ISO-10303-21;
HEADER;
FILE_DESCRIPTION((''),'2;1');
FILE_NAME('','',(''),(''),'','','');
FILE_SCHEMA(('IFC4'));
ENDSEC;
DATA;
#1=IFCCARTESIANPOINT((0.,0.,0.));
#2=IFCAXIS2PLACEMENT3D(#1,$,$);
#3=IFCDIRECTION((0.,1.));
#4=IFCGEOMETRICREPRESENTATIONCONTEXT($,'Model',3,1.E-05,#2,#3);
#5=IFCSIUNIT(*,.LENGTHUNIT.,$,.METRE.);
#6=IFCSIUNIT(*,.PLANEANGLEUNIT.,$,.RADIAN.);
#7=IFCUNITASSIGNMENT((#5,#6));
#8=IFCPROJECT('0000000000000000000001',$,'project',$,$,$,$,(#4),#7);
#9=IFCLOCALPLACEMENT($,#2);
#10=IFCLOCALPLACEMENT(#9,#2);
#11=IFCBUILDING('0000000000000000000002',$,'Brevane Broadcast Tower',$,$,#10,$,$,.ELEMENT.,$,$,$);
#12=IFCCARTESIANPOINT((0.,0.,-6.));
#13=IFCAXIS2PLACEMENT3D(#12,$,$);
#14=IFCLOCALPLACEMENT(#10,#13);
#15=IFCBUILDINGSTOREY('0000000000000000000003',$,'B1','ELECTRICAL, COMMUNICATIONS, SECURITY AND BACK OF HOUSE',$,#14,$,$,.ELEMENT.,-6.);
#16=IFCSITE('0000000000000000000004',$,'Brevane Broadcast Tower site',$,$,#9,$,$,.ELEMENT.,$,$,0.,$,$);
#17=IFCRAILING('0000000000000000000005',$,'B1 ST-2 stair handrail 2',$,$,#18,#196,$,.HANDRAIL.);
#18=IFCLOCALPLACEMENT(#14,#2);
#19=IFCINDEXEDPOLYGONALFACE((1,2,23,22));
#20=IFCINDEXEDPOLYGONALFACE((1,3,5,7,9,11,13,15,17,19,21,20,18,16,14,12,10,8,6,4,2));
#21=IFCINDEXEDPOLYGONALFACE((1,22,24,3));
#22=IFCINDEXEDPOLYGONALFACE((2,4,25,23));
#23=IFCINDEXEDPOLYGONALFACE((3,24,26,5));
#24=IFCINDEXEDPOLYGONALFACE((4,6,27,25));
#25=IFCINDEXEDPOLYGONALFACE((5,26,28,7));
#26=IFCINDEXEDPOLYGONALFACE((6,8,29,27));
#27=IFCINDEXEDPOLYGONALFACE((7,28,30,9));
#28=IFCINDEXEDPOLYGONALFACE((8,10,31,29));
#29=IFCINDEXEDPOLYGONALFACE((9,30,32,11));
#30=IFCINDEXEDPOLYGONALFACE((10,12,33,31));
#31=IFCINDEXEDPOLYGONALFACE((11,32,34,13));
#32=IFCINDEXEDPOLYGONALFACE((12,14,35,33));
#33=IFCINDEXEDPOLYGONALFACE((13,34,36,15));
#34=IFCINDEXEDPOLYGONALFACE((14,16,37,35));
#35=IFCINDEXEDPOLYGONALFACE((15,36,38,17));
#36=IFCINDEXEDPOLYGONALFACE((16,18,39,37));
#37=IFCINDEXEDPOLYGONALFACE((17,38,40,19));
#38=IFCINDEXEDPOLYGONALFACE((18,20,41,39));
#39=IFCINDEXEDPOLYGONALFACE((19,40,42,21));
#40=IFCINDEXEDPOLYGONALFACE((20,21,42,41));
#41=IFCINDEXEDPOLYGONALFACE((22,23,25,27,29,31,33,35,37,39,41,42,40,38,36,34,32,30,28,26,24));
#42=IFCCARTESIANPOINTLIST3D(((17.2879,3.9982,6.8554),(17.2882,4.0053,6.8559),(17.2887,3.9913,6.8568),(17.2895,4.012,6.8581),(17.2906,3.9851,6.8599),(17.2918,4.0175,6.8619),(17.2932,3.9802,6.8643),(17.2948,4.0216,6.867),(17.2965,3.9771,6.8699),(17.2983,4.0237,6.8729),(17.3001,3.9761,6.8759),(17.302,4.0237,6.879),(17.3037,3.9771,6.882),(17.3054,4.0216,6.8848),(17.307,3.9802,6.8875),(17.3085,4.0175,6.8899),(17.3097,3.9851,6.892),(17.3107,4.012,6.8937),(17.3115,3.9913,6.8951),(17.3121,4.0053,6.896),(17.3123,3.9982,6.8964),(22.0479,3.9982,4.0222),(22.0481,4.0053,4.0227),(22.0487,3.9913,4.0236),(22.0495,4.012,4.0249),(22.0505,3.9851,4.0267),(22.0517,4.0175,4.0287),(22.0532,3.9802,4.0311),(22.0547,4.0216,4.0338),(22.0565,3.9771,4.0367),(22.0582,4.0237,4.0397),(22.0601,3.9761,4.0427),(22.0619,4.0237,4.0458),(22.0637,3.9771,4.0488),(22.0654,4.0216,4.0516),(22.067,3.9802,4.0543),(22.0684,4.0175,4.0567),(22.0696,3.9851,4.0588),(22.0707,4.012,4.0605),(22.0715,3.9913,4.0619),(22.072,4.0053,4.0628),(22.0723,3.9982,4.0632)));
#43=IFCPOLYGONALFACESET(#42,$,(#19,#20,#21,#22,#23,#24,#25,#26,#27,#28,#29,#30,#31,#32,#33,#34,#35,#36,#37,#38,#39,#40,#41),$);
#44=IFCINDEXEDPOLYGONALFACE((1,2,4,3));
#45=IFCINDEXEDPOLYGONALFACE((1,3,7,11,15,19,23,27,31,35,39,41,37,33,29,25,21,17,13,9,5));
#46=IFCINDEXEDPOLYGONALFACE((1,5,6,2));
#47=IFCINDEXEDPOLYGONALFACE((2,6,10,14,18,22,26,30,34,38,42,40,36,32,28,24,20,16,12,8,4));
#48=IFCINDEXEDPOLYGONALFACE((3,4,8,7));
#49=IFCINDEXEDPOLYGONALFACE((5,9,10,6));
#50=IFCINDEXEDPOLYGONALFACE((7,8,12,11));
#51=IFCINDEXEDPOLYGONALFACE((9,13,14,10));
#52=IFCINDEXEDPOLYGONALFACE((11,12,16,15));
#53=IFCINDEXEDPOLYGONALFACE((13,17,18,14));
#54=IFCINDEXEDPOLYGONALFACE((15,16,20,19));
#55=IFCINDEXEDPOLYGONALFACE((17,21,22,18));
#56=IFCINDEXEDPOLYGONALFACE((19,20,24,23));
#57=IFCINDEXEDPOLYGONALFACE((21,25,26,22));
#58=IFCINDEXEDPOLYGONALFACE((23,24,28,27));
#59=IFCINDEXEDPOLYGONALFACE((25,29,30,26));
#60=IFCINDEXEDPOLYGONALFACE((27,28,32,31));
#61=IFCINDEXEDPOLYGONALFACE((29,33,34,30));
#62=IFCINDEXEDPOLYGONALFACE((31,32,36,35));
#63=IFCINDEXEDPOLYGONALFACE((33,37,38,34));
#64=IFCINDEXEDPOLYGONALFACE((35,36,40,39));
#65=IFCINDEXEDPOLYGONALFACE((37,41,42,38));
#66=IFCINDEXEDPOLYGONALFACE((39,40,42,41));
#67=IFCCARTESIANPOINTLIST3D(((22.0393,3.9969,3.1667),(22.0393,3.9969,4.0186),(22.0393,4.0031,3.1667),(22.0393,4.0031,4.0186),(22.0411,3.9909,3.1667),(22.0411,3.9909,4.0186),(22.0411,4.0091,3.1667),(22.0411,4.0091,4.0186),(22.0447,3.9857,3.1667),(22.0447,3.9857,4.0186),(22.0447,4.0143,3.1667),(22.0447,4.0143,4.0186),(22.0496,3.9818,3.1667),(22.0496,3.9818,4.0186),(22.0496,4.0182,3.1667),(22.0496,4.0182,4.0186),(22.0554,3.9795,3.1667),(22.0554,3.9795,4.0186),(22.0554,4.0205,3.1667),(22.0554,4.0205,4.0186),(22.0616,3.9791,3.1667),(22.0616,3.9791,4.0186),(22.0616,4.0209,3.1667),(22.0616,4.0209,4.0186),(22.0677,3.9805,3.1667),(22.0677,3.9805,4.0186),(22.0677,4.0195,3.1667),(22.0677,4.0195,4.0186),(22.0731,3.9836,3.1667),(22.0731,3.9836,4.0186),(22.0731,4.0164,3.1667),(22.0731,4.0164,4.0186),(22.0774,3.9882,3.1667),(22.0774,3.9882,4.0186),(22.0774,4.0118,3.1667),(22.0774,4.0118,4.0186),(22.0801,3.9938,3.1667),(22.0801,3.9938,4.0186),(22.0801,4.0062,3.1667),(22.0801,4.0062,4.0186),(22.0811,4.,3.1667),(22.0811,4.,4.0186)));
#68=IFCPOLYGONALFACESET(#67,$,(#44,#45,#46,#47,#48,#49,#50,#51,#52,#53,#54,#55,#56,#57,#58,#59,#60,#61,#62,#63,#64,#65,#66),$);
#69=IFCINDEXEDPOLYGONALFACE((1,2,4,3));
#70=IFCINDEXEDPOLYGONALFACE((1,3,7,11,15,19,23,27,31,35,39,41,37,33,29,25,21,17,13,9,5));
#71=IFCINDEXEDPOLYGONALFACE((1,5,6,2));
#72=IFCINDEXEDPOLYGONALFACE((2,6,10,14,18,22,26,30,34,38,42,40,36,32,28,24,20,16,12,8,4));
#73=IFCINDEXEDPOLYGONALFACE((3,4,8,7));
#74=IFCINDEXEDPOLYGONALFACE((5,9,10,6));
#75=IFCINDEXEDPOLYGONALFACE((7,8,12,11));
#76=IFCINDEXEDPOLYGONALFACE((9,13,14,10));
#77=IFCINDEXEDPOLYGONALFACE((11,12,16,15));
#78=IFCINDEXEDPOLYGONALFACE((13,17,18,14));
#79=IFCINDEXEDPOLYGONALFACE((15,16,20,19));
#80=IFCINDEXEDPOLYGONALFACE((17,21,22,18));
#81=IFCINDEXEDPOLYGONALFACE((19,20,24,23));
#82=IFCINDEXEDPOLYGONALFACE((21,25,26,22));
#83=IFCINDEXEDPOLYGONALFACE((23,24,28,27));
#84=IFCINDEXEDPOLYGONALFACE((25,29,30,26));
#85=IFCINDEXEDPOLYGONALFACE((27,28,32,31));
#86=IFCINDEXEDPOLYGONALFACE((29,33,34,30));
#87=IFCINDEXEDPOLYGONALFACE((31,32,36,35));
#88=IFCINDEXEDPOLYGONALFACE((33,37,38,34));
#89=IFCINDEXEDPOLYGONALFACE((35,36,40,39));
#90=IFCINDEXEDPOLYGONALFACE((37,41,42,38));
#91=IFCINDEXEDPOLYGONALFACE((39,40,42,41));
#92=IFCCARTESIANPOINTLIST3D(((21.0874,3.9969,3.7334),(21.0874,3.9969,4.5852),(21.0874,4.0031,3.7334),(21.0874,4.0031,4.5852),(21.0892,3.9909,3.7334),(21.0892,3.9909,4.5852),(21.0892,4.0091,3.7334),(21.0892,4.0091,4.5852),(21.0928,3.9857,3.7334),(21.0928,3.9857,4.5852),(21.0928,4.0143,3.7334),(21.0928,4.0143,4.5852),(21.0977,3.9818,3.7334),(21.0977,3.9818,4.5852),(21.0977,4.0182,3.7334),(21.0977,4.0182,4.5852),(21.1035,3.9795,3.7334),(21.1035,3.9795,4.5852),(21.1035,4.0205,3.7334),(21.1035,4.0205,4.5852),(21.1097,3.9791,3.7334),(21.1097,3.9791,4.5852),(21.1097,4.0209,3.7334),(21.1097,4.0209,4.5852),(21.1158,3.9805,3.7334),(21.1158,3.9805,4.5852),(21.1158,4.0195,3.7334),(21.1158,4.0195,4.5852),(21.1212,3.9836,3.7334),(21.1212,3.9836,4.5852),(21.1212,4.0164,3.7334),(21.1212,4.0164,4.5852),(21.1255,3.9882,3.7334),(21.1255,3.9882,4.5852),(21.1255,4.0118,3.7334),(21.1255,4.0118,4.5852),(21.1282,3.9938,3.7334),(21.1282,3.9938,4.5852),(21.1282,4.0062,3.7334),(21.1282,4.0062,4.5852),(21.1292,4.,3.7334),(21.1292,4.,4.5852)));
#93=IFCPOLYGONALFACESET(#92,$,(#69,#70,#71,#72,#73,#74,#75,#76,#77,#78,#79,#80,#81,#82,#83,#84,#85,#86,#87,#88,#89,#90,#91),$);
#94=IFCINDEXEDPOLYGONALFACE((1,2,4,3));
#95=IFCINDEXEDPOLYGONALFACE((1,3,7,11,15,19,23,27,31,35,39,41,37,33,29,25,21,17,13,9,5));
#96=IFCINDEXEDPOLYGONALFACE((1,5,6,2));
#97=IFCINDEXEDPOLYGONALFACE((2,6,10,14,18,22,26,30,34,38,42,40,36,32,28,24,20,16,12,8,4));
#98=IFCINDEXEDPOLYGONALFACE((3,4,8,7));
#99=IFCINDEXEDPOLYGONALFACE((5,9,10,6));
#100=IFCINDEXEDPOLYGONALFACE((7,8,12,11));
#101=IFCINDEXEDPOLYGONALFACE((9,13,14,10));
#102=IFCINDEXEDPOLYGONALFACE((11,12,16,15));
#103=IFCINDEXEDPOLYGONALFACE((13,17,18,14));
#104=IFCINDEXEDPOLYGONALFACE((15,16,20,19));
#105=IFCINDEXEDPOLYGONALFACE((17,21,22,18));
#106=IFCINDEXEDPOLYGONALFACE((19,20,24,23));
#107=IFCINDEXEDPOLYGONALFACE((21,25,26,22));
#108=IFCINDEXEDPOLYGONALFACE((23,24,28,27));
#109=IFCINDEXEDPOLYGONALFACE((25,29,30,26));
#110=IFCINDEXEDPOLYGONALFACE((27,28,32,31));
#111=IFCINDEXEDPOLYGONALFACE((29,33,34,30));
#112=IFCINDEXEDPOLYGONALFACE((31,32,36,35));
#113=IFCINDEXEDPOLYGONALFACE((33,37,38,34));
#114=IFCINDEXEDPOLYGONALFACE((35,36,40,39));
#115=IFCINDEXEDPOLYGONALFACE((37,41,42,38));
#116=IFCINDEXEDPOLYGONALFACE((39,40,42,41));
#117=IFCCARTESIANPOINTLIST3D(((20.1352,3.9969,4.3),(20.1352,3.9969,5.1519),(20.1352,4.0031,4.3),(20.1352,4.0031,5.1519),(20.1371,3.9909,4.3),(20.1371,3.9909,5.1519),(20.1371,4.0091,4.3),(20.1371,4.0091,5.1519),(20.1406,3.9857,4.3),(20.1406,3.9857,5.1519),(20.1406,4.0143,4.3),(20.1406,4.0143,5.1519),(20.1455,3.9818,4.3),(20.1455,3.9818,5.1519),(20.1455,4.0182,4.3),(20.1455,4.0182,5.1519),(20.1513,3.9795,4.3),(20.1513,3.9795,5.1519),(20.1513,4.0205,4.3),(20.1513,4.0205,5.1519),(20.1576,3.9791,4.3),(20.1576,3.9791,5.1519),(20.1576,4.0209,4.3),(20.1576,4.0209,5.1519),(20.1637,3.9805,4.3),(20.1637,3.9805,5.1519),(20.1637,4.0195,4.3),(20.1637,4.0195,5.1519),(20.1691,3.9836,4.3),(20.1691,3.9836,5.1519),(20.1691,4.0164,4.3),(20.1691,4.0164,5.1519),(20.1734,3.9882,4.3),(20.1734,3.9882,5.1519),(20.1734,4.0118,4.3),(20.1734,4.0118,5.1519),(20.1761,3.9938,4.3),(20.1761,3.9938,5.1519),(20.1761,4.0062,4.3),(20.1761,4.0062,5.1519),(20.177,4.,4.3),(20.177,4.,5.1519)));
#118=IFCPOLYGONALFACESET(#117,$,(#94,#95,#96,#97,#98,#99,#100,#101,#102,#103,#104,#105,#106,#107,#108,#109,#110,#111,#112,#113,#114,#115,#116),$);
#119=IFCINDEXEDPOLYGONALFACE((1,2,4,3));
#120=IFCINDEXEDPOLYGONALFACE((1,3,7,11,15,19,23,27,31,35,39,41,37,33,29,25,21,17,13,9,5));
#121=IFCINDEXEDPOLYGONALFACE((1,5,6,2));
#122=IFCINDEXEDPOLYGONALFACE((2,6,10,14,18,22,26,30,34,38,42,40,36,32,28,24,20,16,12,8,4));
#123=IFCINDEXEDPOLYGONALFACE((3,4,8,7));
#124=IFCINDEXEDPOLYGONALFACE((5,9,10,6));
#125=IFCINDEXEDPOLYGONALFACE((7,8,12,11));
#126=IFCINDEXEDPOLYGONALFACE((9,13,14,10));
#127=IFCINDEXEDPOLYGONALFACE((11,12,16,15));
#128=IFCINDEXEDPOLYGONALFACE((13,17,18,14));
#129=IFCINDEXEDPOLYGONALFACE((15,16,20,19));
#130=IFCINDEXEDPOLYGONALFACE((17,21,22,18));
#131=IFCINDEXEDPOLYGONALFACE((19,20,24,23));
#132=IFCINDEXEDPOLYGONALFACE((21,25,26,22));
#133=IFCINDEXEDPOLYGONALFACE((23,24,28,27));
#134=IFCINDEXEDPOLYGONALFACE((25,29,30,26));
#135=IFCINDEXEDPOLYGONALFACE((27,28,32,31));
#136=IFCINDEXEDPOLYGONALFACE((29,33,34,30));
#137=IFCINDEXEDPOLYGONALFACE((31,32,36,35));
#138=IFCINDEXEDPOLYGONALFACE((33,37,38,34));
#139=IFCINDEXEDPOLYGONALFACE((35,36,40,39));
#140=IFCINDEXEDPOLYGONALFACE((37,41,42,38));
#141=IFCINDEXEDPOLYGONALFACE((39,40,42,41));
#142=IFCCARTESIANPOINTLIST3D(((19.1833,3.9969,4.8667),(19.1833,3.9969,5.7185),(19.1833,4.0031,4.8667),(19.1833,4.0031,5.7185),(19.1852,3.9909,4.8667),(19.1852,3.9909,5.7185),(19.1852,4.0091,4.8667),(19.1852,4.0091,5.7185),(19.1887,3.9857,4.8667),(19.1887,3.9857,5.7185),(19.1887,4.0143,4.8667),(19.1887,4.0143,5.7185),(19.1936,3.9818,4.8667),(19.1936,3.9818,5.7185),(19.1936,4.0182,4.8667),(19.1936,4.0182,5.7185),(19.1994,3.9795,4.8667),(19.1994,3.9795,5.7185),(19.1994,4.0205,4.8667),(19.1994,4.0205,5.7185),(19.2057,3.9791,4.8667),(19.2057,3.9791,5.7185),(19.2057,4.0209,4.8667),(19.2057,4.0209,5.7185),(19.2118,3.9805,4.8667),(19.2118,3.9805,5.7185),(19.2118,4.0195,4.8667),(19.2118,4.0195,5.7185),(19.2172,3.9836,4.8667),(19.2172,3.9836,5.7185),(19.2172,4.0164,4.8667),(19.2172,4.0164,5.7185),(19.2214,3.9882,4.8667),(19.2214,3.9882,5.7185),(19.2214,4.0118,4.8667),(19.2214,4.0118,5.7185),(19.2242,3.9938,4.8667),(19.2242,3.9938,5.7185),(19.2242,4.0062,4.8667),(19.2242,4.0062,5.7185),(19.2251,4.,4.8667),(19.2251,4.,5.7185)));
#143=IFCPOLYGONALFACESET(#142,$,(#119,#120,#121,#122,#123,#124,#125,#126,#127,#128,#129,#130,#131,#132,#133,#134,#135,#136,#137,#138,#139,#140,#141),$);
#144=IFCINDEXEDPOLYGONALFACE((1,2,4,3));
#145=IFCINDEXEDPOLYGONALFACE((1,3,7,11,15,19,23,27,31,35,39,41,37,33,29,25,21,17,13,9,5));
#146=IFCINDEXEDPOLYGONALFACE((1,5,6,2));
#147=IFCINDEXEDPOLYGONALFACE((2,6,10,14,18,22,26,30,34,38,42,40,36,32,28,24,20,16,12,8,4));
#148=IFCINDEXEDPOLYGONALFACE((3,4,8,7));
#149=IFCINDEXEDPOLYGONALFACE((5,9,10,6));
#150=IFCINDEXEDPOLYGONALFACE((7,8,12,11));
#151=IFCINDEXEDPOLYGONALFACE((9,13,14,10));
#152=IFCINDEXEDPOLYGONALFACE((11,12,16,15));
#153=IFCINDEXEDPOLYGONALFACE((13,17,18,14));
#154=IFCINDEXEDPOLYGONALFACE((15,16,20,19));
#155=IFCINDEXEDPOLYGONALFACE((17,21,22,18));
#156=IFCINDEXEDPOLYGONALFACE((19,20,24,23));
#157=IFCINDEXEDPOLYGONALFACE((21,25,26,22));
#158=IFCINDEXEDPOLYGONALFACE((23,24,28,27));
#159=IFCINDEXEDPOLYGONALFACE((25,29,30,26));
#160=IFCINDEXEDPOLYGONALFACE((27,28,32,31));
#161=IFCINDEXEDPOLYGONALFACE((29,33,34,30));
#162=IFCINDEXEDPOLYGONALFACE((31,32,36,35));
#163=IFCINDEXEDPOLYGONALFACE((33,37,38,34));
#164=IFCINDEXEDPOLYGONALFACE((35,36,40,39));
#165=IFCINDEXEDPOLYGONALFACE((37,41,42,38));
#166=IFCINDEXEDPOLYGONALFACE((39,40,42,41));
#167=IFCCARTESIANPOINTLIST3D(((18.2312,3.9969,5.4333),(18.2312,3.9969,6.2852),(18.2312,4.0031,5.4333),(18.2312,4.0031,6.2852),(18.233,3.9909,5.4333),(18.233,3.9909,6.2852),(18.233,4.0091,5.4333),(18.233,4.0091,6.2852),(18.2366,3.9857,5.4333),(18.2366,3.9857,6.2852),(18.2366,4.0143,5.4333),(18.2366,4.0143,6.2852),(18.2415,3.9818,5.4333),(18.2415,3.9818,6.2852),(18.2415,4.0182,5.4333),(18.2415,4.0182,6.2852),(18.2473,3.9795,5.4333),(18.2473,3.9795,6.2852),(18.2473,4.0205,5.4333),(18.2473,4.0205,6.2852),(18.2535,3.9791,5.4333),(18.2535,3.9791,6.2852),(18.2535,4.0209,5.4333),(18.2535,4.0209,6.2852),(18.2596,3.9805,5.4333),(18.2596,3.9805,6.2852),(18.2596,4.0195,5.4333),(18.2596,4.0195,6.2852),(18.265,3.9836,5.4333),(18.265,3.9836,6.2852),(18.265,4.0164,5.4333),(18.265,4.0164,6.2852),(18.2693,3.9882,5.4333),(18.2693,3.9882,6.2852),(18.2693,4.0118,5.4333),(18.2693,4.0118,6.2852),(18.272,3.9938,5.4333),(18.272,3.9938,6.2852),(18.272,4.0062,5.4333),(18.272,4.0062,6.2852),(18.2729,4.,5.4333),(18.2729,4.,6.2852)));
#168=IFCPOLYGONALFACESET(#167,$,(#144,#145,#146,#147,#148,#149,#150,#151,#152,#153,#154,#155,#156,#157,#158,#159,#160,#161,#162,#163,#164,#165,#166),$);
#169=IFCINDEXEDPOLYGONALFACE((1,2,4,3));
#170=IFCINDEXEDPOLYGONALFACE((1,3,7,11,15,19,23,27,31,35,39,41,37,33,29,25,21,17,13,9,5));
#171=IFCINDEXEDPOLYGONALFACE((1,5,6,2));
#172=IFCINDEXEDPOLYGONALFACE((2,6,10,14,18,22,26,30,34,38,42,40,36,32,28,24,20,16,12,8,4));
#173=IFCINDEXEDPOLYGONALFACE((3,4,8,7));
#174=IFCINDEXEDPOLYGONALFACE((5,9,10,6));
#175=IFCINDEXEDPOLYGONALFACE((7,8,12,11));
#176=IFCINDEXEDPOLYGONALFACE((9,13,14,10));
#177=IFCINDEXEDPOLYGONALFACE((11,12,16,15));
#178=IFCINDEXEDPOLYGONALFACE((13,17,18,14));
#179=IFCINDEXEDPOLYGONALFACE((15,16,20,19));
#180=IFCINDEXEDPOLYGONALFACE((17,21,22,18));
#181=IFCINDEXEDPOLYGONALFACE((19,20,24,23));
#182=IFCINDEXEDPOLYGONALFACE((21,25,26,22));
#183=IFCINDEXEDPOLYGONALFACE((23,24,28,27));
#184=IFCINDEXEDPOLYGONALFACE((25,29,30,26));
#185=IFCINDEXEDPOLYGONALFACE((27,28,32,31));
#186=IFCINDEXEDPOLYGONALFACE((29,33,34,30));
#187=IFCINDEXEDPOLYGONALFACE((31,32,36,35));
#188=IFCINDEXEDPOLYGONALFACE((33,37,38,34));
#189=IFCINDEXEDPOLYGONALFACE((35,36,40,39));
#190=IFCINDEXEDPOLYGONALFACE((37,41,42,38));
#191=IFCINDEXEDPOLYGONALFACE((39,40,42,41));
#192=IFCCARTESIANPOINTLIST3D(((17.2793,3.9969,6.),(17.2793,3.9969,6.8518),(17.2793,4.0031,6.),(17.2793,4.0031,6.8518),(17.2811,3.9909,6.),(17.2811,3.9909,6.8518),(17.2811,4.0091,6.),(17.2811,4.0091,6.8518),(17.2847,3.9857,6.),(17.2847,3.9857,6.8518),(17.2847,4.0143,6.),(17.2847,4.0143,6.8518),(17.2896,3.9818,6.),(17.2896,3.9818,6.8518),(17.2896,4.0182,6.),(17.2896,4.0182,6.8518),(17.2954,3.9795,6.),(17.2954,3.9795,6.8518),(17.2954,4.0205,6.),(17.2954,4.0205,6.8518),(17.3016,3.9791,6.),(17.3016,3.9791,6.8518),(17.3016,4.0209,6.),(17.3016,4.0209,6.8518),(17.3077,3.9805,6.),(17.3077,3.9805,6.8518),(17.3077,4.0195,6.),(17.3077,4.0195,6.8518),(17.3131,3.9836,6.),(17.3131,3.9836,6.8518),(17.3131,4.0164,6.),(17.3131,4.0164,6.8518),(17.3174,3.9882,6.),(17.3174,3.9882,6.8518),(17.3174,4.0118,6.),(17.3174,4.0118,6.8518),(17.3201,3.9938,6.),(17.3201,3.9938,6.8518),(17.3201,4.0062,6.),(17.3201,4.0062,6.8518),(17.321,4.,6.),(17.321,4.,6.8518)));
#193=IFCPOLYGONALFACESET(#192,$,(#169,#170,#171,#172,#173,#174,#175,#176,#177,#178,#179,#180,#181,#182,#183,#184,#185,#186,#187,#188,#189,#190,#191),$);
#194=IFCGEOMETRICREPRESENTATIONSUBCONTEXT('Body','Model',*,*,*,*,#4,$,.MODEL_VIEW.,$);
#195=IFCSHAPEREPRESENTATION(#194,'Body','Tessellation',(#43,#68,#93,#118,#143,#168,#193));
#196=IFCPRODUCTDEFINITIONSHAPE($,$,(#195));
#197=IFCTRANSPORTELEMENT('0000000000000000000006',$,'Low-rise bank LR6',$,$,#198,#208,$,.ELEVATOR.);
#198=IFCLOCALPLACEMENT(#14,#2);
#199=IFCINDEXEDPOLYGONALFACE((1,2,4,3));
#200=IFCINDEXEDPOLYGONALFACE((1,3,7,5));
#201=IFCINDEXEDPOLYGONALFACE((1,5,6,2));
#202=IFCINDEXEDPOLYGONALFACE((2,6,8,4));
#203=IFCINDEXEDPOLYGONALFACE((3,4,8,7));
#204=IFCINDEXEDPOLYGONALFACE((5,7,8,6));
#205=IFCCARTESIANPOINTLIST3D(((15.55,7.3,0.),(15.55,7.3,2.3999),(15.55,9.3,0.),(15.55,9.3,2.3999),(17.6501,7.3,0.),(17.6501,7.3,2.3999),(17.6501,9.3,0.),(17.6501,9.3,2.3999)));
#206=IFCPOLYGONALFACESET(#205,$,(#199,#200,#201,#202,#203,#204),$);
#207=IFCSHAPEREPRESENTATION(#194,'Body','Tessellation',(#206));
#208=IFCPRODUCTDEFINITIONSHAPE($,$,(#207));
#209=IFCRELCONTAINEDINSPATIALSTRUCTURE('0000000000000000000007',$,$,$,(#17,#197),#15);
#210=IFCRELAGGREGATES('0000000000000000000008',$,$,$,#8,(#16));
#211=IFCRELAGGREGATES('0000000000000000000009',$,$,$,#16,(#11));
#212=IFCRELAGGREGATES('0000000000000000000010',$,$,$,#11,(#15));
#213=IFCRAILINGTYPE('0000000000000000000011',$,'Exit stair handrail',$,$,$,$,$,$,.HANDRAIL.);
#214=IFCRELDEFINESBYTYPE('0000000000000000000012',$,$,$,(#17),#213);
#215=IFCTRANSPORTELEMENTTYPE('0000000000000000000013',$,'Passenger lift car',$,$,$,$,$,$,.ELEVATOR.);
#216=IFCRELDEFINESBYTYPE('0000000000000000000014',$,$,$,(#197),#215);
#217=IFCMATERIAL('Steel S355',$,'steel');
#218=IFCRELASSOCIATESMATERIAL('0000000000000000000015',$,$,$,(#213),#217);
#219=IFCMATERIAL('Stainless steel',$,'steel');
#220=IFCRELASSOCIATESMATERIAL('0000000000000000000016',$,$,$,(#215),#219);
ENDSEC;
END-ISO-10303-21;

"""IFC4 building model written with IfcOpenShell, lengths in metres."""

from ifc_helpers import new_model, si_unit, direction, frame, origin, origin_2d, place, context, subcontext, project, spatial, rectangle, circle, extrude, material, type_object, element, save


model = new_model("IFC4")

# Units and contexts
model_context = context("Model", 3, precision=1e-05, world=origin(), true_north=direction((0.0, 1.0)))
body_context = subcontext(model_context, "Body", "Model", "MODEL_VIEW")
ifc_project = project(units=[si_unit("LENGTHUNIT", "METRE"), si_unit("PLANEANGLEUNIT", "RADIAN")], contexts=[model_context])

# Site, building, storey
site_placement = place(None, origin())
site = spatial("IfcSite", under=ifc_project, at=site_placement, Name="Brevane Broadcast Tower site", CompositionType="ELEMENT", RefElevation=0.0)
building_placement = place(site_placement, origin())
building = spatial("IfcBuilding", under=site, at=building_placement, Name="Brevane Broadcast Tower", CompositionType="ELEMENT")
storey_placement = place(building_placement, frame((0.0, 0.0, -6.0)))
storey = spatial("IfcBuildingStorey", under=building, at=storey_placement, Name="B1", Description="ELECTRICAL, COMMUNICATIONS, SECURITY AND BACK OF HOUSE", CompositionType="ELEMENT", Elevation=-6.0)

# Railing
ifc_material_1 = material(Name="Steel S355", Category="steel")
railing_type_1 = type_object("IfcRailingType", Name="Exit stair handrail", PredefinedType="HANDRAIL", material=ifc_material_1)
railing_1_placement = place(storey_placement, frame((22.0601, 4.0, 3.1667)))
element("IfcRailing", 1, at=railing_1_placement, inside=storey, type_object=railing_type_1, Name="B1 ST-2 stair handrail 2", PredefinedType="HANDRAIL", context=body_context, shape_type="SweptSolid", body=[
    extrude(circle(Radius=0.0239, at=origin_2d()), frame((0.0, 0.0, 0.876), z_axis=(-0.8593, 0.0, 0.511472), x_axis=(0.0, -1.0, 0.0)), (0.0, 0.0, 1.0), 5.5393),
    extrude(circle(Radius=0.021, at=origin_2d()), origin(), (0.0, 0.0, 1.0), 0.8518),
    extrude(circle(Radius=0.021, at=origin_2d()), frame((-0.9519, 0.0, 0.5667)), (0.0, 0.0, 1.0), 0.8518),
    extrude(circle(Radius=0.021, at=origin_2d()), frame((-1.9041, 0.0, 1.1333)), (0.0, 0.0, 1.0), 0.8518),
    extrude(circle(Radius=0.021, at=origin_2d()), frame((-2.856, 0.0, 1.7)), (0.0, 0.0, 1.0), 0.8518),
    extrude(circle(Radius=0.021, at=origin_2d()), frame((-3.8081, 0.0, 2.2666)), (0.0, 0.0, 1.0), 0.8518),
    extrude(circle(Radius=0.021, at=origin_2d()), frame((-4.76, 0.0, 2.8333)), (0.0, 0.0, 1.0), 0.8518),
])

# Transport element
ifc_material_2 = material(Name="Stainless steel", Category="steel")
transport_element_type = type_object("IfcTransportElementType", Name="Passenger lift car", PredefinedType="ELEVATOR", material=ifc_material_2)
for number, where, z_axis, x_axis, name in (
    (2, (16.6001, 8.3, 0.0), (0.0, 0.0, 1.0), (1.0, 0.0, 0.0), "Low-rise bank LR6"),
):
    element("IfcTransportElement", number, at=place(storey_placement, frame(where, z_axis=z_axis, x_axis=x_axis)), inside=storey, type_object=transport_element_type, Name=name, PredefinedType="ELEVATOR", context=body_context, shape_type="SweptSolid", body=[
        extrude(rectangle(XDim=2.1001, YDim=2.0, at=origin_2d()), origin(), (0.0, 0.0, 1.0), 2.3999),
    ])

save(model, "model.ifc")
